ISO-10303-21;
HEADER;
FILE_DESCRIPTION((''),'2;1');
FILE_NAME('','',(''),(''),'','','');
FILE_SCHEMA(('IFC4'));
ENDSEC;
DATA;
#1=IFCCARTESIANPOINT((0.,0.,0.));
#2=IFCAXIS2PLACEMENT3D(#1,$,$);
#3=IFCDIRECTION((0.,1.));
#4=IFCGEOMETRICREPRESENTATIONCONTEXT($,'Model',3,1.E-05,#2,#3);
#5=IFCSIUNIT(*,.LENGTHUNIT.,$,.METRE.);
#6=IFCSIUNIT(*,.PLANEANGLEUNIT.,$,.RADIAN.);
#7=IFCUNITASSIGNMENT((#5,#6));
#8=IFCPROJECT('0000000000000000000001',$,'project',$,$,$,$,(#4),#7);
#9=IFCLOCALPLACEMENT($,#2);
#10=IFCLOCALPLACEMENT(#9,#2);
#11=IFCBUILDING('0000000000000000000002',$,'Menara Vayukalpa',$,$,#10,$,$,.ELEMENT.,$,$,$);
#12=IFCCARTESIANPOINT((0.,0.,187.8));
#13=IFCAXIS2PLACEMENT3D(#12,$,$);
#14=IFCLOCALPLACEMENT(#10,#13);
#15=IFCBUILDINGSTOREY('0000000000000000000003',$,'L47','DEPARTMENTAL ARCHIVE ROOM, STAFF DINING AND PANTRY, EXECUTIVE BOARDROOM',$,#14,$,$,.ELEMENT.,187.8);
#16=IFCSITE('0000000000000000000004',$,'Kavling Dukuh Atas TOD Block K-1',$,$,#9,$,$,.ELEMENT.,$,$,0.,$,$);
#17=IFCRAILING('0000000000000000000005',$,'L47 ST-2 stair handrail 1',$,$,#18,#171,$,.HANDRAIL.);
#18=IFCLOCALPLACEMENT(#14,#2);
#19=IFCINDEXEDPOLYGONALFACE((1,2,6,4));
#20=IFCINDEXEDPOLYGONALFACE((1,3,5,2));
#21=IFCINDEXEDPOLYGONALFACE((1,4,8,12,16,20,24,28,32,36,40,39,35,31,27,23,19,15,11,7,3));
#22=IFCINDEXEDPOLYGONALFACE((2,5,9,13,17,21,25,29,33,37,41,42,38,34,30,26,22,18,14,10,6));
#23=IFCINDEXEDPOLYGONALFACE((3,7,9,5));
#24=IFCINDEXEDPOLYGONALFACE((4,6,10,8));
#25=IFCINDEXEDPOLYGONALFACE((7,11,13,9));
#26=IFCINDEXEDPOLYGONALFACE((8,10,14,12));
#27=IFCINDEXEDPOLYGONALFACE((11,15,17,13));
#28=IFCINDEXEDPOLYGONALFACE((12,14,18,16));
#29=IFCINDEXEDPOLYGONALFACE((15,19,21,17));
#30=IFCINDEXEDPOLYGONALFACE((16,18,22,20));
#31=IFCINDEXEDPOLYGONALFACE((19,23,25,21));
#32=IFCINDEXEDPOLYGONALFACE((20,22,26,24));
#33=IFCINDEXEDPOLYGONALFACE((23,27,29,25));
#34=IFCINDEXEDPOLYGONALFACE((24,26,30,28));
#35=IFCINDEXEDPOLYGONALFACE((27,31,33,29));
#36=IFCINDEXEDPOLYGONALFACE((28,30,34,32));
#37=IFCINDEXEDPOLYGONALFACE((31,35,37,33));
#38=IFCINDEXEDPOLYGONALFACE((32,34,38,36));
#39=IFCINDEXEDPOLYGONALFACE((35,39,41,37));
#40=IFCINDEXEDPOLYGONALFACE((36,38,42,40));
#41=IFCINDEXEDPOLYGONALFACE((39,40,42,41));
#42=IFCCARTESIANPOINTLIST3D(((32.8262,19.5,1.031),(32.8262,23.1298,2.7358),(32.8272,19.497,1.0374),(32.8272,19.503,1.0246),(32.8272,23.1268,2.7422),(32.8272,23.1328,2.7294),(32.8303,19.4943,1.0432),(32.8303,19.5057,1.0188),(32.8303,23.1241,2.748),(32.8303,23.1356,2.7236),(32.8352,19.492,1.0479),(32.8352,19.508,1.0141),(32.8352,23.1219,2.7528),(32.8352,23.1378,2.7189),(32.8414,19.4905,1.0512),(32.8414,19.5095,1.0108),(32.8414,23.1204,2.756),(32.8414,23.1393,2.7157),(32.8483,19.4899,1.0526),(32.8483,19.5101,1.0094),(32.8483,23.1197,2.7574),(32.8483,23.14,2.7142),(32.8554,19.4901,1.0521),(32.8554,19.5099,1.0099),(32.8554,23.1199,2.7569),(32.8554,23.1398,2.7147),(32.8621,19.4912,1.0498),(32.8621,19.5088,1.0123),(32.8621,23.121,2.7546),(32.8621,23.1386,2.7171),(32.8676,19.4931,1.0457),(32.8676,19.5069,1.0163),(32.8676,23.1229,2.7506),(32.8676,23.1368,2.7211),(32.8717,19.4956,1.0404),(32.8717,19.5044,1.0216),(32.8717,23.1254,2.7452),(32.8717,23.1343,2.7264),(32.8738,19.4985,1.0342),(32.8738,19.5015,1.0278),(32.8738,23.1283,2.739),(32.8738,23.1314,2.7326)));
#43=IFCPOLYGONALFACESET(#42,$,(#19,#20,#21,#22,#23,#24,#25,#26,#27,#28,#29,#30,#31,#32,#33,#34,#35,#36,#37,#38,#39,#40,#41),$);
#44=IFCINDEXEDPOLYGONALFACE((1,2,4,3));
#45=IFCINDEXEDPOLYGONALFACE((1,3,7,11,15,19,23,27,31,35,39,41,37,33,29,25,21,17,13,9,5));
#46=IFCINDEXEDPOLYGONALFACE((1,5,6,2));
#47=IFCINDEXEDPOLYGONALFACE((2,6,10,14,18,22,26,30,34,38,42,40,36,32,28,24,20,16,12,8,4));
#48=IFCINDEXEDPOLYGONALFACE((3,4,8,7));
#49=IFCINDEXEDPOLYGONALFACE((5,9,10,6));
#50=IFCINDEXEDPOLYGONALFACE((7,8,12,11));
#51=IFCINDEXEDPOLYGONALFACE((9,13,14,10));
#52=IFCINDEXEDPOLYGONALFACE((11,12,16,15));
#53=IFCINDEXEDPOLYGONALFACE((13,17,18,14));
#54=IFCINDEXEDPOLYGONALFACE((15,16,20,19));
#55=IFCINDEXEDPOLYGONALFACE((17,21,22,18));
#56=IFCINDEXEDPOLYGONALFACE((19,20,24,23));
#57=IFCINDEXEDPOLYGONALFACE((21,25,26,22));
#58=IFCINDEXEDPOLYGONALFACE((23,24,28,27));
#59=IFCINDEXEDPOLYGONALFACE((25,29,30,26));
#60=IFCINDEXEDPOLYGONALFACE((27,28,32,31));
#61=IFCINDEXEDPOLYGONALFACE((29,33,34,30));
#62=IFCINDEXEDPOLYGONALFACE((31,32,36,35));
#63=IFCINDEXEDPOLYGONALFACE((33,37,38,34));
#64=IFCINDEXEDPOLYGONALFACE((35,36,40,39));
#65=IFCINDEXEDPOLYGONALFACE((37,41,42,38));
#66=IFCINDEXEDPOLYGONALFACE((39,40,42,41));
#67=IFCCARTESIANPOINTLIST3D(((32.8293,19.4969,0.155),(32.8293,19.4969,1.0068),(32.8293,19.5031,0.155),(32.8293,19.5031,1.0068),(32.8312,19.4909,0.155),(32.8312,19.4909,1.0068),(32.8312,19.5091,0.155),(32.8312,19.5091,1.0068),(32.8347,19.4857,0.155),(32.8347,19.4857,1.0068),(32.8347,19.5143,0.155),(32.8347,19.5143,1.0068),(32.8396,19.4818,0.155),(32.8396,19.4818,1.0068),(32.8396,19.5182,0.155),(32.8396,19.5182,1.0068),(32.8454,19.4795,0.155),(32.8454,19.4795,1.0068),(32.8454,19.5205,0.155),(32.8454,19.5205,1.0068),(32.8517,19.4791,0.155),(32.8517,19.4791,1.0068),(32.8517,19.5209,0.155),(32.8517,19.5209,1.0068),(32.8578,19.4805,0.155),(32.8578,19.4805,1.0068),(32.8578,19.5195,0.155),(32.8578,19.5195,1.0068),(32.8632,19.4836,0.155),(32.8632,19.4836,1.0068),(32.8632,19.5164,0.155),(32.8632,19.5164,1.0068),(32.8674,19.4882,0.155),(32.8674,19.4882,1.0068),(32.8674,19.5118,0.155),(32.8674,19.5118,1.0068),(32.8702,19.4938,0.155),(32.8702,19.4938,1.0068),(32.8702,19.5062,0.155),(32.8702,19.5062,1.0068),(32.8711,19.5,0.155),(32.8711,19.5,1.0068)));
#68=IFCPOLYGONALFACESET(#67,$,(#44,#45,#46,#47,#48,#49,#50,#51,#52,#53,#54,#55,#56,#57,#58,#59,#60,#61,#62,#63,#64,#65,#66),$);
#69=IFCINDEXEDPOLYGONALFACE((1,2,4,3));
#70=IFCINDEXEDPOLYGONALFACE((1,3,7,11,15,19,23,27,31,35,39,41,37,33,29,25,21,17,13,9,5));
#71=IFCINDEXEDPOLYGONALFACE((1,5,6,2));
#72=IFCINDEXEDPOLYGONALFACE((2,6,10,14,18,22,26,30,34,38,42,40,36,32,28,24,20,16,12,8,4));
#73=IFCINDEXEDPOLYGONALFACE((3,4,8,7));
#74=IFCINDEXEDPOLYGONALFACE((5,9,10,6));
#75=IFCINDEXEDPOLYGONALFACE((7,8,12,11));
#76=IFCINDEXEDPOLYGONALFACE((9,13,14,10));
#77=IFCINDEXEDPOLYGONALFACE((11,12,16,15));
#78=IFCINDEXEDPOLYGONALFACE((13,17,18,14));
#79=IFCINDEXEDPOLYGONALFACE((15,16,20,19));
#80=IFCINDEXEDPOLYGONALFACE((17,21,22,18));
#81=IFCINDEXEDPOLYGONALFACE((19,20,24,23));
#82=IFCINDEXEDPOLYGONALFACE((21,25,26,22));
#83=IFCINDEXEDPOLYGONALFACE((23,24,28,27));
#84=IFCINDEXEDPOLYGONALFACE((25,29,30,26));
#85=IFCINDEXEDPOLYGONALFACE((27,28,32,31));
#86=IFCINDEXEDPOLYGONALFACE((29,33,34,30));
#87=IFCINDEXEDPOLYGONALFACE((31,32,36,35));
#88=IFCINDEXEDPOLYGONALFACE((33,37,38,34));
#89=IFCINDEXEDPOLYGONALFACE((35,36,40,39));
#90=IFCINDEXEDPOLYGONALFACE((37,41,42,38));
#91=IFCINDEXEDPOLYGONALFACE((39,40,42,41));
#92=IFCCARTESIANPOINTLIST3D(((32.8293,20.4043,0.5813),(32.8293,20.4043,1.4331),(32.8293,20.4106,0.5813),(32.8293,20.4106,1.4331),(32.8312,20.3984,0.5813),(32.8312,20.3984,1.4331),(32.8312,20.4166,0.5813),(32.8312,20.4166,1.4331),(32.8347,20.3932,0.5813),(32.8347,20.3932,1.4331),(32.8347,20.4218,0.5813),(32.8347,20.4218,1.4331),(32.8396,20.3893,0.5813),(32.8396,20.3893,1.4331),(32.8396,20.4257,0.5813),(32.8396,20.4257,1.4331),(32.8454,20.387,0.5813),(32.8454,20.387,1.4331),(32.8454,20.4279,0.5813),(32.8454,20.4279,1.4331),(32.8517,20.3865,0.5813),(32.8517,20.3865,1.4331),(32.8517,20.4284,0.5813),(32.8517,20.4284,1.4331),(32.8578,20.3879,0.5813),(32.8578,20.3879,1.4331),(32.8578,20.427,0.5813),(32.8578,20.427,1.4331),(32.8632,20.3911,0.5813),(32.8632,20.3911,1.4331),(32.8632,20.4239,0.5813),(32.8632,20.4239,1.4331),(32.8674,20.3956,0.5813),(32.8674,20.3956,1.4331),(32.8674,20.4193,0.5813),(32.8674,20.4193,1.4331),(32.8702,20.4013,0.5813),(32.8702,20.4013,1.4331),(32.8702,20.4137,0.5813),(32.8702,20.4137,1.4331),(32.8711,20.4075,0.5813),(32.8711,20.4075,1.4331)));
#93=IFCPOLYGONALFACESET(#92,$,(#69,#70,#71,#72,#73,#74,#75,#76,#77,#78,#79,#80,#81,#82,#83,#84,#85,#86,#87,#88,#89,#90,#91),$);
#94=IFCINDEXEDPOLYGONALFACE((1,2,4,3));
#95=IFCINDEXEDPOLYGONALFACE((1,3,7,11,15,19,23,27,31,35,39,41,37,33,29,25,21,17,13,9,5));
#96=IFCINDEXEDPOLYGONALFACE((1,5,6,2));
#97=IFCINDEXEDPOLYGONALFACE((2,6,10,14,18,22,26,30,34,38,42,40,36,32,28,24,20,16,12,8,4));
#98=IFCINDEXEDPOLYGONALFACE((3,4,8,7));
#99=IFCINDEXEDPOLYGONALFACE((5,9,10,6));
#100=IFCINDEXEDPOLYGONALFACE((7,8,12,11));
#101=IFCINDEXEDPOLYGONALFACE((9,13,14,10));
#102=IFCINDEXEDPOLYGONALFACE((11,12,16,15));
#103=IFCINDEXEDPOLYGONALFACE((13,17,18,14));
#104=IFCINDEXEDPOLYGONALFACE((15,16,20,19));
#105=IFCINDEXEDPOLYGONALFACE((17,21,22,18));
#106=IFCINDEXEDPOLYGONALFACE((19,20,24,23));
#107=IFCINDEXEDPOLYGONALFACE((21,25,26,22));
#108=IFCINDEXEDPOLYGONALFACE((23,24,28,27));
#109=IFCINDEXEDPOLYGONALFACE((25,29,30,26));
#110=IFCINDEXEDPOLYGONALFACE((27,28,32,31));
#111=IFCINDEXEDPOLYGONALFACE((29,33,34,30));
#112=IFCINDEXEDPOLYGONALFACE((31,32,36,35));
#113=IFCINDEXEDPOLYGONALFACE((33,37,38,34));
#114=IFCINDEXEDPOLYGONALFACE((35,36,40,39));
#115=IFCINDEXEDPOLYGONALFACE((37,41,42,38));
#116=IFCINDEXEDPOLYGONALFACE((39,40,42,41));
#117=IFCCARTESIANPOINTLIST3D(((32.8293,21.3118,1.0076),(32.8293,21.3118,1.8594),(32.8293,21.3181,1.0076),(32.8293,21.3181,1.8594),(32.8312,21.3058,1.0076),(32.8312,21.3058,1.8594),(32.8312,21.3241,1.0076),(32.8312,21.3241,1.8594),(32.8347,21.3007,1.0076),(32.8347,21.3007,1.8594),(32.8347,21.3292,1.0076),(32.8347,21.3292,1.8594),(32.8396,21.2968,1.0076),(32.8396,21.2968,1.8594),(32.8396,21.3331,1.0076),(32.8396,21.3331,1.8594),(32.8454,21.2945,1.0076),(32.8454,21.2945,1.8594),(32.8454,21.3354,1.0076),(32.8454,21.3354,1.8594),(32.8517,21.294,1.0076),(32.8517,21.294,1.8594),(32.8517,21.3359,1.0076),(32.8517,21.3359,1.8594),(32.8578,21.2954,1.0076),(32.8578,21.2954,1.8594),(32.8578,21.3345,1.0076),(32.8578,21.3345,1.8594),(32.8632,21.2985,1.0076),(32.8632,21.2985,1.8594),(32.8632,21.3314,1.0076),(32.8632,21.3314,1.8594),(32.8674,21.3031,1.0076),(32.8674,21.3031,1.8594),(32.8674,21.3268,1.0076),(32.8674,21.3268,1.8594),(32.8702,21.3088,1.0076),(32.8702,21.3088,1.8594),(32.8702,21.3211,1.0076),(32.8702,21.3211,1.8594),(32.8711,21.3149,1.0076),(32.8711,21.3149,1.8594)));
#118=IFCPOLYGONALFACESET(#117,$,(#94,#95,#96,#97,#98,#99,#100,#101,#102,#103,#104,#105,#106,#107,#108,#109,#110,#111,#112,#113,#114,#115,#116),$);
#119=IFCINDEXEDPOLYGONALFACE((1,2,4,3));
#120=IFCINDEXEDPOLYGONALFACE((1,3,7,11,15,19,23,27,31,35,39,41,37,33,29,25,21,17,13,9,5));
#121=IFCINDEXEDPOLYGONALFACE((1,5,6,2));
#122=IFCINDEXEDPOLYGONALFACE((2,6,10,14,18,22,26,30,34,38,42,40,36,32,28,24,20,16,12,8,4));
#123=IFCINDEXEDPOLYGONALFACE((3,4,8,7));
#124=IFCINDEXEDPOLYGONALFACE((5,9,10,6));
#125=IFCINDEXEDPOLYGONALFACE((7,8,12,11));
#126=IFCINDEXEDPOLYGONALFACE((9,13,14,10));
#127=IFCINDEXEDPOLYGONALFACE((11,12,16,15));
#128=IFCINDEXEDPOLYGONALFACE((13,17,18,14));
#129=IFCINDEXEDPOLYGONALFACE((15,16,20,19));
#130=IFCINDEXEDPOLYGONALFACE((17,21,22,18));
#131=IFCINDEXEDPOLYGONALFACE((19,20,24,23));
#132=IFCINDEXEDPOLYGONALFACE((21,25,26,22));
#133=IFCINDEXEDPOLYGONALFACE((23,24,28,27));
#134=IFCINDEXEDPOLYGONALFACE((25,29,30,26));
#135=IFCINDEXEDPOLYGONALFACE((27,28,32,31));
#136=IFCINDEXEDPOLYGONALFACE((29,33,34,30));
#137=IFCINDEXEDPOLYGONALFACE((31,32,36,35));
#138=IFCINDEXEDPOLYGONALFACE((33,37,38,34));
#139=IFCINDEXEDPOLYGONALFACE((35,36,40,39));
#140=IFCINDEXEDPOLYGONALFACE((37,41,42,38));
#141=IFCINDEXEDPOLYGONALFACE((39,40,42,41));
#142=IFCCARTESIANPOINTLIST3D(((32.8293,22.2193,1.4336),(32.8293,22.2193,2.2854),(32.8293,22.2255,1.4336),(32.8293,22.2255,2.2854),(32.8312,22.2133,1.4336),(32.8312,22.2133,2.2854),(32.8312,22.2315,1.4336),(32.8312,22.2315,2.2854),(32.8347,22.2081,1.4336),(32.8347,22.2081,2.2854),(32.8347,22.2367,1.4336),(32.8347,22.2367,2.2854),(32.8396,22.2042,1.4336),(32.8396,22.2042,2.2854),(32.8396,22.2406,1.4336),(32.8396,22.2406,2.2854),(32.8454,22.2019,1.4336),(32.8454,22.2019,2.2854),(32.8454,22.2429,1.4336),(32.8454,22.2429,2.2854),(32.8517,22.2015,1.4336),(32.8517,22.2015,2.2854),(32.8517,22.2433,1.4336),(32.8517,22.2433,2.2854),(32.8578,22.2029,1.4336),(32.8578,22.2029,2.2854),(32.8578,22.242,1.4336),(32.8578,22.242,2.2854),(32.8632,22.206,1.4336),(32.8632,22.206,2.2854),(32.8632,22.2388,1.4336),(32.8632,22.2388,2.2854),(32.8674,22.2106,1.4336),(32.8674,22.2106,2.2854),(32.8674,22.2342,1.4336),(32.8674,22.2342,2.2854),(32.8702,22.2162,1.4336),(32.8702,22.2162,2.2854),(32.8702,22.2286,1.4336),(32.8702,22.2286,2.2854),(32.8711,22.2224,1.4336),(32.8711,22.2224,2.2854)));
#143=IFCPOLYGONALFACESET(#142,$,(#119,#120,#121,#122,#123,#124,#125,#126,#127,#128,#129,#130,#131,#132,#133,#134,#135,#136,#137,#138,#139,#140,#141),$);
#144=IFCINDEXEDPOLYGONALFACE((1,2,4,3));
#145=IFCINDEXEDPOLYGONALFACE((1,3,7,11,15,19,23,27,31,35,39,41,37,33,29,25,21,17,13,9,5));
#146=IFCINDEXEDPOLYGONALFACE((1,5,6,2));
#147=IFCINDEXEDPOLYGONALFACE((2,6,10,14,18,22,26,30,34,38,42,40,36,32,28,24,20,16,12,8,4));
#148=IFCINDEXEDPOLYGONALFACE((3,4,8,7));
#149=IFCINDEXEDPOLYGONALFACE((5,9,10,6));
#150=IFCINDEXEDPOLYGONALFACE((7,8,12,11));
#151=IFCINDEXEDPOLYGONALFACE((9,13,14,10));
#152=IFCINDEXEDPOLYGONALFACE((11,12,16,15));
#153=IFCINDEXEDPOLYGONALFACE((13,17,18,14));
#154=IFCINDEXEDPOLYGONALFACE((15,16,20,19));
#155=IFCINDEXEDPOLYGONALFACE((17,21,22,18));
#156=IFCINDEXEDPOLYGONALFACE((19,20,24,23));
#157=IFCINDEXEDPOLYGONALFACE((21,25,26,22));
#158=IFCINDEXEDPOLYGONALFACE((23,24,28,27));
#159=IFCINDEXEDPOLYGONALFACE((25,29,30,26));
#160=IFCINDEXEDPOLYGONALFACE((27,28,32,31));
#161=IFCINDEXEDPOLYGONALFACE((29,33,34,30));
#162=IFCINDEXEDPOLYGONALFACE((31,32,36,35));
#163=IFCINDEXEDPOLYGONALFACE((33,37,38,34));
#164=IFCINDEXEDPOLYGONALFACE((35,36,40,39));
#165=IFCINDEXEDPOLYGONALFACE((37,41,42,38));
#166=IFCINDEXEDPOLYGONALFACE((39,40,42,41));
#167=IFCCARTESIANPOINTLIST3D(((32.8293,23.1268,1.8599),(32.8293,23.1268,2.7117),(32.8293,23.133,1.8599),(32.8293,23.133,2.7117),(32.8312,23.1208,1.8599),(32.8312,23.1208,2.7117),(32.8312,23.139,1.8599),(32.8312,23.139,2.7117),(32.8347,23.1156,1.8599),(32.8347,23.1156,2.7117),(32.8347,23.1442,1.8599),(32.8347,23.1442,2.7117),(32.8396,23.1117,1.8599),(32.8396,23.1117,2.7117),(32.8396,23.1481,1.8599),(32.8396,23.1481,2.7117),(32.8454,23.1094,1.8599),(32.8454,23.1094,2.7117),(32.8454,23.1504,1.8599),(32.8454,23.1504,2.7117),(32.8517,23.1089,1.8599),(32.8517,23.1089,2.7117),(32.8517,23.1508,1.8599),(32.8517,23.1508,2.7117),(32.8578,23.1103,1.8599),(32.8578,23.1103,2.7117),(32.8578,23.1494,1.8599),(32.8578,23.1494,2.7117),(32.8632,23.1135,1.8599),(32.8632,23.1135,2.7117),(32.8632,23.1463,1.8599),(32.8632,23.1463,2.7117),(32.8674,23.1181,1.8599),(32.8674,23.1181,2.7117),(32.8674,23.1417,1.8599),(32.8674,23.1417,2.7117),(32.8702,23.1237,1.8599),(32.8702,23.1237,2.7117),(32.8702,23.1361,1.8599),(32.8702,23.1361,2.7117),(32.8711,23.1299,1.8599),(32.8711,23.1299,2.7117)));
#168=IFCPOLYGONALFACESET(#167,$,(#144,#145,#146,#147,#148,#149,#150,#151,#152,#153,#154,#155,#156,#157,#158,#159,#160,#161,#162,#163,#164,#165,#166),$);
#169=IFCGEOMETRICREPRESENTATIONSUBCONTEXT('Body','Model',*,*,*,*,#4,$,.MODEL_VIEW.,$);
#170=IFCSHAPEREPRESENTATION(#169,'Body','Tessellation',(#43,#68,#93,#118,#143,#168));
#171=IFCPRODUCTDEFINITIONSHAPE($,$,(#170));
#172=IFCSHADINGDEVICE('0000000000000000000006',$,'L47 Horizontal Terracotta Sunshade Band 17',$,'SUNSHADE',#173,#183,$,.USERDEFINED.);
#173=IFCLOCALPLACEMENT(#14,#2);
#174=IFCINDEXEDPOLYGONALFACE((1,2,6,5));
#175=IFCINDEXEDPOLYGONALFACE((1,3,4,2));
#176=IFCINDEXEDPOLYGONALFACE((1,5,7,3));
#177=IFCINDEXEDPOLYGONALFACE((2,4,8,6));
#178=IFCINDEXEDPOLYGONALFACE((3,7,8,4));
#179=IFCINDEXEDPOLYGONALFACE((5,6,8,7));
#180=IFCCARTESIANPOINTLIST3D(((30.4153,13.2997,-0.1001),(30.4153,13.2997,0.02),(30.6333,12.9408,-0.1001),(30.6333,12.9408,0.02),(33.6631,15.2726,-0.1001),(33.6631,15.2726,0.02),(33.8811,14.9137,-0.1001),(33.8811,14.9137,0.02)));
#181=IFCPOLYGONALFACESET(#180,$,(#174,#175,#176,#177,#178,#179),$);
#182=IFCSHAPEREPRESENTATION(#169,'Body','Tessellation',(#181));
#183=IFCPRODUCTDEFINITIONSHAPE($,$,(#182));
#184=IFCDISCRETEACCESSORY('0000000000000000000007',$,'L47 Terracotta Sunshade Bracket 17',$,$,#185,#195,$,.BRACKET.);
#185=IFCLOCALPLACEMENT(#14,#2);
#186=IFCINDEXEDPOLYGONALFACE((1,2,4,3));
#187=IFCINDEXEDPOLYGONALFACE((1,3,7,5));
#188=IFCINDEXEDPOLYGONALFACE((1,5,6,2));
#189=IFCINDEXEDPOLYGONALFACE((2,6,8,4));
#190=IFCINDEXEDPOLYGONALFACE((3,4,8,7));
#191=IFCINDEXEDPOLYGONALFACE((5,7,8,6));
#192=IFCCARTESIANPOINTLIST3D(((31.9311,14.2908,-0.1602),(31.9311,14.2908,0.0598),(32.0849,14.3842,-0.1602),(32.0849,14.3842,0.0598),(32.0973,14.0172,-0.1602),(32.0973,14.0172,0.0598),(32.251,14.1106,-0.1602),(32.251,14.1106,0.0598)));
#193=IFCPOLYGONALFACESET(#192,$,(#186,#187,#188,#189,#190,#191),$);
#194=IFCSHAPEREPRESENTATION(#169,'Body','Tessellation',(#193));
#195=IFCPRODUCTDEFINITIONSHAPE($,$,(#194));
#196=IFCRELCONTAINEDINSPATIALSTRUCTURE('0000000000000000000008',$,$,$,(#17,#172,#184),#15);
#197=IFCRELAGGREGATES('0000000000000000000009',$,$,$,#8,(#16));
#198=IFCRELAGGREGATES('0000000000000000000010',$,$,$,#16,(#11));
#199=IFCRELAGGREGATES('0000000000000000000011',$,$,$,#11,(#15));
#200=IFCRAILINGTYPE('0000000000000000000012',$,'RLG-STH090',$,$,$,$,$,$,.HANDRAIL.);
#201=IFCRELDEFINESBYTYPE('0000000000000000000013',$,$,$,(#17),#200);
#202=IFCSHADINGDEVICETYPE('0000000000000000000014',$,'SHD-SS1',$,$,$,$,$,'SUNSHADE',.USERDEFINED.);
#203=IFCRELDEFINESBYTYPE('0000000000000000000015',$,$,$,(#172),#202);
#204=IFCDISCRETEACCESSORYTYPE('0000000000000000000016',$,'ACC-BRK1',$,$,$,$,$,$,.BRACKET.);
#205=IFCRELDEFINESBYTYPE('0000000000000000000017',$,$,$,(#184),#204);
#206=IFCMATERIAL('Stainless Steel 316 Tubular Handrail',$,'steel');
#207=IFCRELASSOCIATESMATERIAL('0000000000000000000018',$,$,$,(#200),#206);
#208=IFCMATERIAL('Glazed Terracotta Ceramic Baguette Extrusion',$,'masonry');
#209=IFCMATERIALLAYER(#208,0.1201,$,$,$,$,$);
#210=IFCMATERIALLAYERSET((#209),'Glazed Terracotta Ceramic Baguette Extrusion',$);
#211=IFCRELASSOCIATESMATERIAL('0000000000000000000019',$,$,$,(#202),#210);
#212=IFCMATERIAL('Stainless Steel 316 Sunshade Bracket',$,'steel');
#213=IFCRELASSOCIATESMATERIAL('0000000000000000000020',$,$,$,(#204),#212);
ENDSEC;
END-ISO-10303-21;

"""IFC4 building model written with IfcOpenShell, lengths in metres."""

from ifc_helpers import new_model, si_unit, direction, frame, origin, origin_2d, place, context, subcontext, project, spatial, rectangle, circle, extrude, material, layer, layer_set, type_object, element, save


model = new_model("IFC4")

# Units and contexts
model_context = context("Model", 3, precision=1e-05, world=origin(), true_north=direction((0.0, 1.0)))
body_context = subcontext(model_context, "Body", "Model", "MODEL_VIEW")
ifc_project = project(units=[si_unit("LENGTHUNIT", "METRE"), si_unit("PLANEANGLEUNIT", "RADIAN")], contexts=[model_context])

# Site, building, storey
site_placement = place(None, origin())
site = spatial("IfcSite", under=ifc_project, at=site_placement, Name="Kavling Dukuh Atas TOD Block K-1", CompositionType="ELEMENT", RefElevation=0.0)
building_placement = place(site_placement, origin())
building = spatial("IfcBuilding", under=site, at=building_placement, Name="Menara Vayukalpa", CompositionType="ELEMENT")
storey_placement = place(building_placement, frame((0.0, 0.0, 187.8)))
storey = spatial("IfcBuildingStorey", under=building, at=storey_placement, Name="L47", Description="DEPARTMENTAL ARCHIVE ROOM, STAFF DINING AND PANTRY, EXECUTIVE BOARDROOM", CompositionType="ELEMENT", Elevation=187.8)

# Railing
ifc_material_1 = material(Name="Stainless Steel 316 Tubular Handrail", Category="steel")
railing_type_1 = type_object("IfcRailingType", Name="RLG-STH090", PredefinedType="HANDRAIL", material=ifc_material_1)
railing_1_placement = place(storey_placement, frame((32.8501, 19.5, 0.155)))
element("IfcRailing", 1, at=railing_1_placement, inside=storey, type_object=railing_type_1, Name="L47 ST-2 stair handrail 1", PredefinedType="HANDRAIL", context=body_context, shape_type="SweptSolid", body=[
    extrude(circle(Radius=0.0239, at=origin_2d()), frame((0.0, 0.0, 0.876), z_axis=(0.0, 0.90514, 0.425114), x_axis=(-1.0, 0.0, 0.0)), (0.0, 0.0, 1.0), 4.0103),
    extrude(circle(Radius=0.021, at=origin_2d()), origin(), (0.0, 0.0, 1.0), 0.8518),
    extrude(circle(Radius=0.021, at=origin_2d()), frame((0.0, 0.9075, 0.4263)), (0.0, 0.0, 1.0), 0.8518),
    extrude(circle(Radius=0.021, at=origin_2d()), frame((0.0, 1.8149, 0.8525)), (0.0, 0.0, 1.0), 0.8518),
    extrude(circle(Radius=0.021, at=origin_2d()), frame((0.0, 2.7224, 1.2786)), (0.0, 0.0, 1.0), 0.8518),
    extrude(circle(Radius=0.021, at=origin_2d()), frame((0.0, 3.6299, 1.7048)), (0.0, 0.0, 1.0), 0.8518),
])

# Shading device
ifc_material_2 = material(Name="Glazed Terracotta Ceramic Baguette Extrusion", Category="masonry")
ifc_layer_1 = layer(ifc_material_2, 0.1201)
ifc_layer_set_1 = layer_set([ifc_layer_1], Name="Glazed Terracotta Ceramic Baguette Extrusion")
shading_device_type = type_object("IfcShadingDeviceType", Name="SHD-SS1", ElementType="SUNSHADE", PredefinedType="USERDEFINED", material=ifc_layer_set_1)
shading_device_placement = place(storey_placement, frame((32.1482, 14.1067, -0.1001), z_axis=(0.0, 0.0, 1.0), x_axis=(0.854667, 0.519176, 0.0)))
element("IfcShadingDevice", 2, at=shading_device_placement, inside=storey, type_object=shading_device_type, Name="L47 Horizontal Terracotta Sunshade Band 17", ObjectType="SUNSHADE", PredefinedType="USERDEFINED", context=body_context, shape_type="SweptSolid", body=[
    extrude(rectangle(XDim=3.8, YDim=0.4199, at=origin_2d()), origin(), (0.0, 0.0, 1.0), 0.1201),
])

# Discrete accessory
ifc_material_3 = material(Name="Stainless Steel 316 Sunshade Bracket", Category="steel")
discrete_accessory_type = type_object("IfcDiscreteAccessoryType", Name="ACC-BRK1", PredefinedType="BRACKET", material=ifc_material_3)
discrete_accessory_placement = place(storey_placement, frame((32.0911, 14.2007, -0.1602), z_axis=(0.0, 0.0, 1.0), x_axis=(0.854667, 0.519176, 0.0)))
element("IfcDiscreteAccessory", 3, at=discrete_accessory_placement, inside=storey, type_object=discrete_accessory_type, Name="L47 Terracotta Sunshade Bracket 17", PredefinedType="BRACKET", context=body_context, shape_type="SweptSolid", body=[
    extrude(rectangle(XDim=0.1799, YDim=0.3201, at=origin_2d()), origin(), (0.0, 0.0, 1.0), 0.22),
])

save(model, "model.ifc")
